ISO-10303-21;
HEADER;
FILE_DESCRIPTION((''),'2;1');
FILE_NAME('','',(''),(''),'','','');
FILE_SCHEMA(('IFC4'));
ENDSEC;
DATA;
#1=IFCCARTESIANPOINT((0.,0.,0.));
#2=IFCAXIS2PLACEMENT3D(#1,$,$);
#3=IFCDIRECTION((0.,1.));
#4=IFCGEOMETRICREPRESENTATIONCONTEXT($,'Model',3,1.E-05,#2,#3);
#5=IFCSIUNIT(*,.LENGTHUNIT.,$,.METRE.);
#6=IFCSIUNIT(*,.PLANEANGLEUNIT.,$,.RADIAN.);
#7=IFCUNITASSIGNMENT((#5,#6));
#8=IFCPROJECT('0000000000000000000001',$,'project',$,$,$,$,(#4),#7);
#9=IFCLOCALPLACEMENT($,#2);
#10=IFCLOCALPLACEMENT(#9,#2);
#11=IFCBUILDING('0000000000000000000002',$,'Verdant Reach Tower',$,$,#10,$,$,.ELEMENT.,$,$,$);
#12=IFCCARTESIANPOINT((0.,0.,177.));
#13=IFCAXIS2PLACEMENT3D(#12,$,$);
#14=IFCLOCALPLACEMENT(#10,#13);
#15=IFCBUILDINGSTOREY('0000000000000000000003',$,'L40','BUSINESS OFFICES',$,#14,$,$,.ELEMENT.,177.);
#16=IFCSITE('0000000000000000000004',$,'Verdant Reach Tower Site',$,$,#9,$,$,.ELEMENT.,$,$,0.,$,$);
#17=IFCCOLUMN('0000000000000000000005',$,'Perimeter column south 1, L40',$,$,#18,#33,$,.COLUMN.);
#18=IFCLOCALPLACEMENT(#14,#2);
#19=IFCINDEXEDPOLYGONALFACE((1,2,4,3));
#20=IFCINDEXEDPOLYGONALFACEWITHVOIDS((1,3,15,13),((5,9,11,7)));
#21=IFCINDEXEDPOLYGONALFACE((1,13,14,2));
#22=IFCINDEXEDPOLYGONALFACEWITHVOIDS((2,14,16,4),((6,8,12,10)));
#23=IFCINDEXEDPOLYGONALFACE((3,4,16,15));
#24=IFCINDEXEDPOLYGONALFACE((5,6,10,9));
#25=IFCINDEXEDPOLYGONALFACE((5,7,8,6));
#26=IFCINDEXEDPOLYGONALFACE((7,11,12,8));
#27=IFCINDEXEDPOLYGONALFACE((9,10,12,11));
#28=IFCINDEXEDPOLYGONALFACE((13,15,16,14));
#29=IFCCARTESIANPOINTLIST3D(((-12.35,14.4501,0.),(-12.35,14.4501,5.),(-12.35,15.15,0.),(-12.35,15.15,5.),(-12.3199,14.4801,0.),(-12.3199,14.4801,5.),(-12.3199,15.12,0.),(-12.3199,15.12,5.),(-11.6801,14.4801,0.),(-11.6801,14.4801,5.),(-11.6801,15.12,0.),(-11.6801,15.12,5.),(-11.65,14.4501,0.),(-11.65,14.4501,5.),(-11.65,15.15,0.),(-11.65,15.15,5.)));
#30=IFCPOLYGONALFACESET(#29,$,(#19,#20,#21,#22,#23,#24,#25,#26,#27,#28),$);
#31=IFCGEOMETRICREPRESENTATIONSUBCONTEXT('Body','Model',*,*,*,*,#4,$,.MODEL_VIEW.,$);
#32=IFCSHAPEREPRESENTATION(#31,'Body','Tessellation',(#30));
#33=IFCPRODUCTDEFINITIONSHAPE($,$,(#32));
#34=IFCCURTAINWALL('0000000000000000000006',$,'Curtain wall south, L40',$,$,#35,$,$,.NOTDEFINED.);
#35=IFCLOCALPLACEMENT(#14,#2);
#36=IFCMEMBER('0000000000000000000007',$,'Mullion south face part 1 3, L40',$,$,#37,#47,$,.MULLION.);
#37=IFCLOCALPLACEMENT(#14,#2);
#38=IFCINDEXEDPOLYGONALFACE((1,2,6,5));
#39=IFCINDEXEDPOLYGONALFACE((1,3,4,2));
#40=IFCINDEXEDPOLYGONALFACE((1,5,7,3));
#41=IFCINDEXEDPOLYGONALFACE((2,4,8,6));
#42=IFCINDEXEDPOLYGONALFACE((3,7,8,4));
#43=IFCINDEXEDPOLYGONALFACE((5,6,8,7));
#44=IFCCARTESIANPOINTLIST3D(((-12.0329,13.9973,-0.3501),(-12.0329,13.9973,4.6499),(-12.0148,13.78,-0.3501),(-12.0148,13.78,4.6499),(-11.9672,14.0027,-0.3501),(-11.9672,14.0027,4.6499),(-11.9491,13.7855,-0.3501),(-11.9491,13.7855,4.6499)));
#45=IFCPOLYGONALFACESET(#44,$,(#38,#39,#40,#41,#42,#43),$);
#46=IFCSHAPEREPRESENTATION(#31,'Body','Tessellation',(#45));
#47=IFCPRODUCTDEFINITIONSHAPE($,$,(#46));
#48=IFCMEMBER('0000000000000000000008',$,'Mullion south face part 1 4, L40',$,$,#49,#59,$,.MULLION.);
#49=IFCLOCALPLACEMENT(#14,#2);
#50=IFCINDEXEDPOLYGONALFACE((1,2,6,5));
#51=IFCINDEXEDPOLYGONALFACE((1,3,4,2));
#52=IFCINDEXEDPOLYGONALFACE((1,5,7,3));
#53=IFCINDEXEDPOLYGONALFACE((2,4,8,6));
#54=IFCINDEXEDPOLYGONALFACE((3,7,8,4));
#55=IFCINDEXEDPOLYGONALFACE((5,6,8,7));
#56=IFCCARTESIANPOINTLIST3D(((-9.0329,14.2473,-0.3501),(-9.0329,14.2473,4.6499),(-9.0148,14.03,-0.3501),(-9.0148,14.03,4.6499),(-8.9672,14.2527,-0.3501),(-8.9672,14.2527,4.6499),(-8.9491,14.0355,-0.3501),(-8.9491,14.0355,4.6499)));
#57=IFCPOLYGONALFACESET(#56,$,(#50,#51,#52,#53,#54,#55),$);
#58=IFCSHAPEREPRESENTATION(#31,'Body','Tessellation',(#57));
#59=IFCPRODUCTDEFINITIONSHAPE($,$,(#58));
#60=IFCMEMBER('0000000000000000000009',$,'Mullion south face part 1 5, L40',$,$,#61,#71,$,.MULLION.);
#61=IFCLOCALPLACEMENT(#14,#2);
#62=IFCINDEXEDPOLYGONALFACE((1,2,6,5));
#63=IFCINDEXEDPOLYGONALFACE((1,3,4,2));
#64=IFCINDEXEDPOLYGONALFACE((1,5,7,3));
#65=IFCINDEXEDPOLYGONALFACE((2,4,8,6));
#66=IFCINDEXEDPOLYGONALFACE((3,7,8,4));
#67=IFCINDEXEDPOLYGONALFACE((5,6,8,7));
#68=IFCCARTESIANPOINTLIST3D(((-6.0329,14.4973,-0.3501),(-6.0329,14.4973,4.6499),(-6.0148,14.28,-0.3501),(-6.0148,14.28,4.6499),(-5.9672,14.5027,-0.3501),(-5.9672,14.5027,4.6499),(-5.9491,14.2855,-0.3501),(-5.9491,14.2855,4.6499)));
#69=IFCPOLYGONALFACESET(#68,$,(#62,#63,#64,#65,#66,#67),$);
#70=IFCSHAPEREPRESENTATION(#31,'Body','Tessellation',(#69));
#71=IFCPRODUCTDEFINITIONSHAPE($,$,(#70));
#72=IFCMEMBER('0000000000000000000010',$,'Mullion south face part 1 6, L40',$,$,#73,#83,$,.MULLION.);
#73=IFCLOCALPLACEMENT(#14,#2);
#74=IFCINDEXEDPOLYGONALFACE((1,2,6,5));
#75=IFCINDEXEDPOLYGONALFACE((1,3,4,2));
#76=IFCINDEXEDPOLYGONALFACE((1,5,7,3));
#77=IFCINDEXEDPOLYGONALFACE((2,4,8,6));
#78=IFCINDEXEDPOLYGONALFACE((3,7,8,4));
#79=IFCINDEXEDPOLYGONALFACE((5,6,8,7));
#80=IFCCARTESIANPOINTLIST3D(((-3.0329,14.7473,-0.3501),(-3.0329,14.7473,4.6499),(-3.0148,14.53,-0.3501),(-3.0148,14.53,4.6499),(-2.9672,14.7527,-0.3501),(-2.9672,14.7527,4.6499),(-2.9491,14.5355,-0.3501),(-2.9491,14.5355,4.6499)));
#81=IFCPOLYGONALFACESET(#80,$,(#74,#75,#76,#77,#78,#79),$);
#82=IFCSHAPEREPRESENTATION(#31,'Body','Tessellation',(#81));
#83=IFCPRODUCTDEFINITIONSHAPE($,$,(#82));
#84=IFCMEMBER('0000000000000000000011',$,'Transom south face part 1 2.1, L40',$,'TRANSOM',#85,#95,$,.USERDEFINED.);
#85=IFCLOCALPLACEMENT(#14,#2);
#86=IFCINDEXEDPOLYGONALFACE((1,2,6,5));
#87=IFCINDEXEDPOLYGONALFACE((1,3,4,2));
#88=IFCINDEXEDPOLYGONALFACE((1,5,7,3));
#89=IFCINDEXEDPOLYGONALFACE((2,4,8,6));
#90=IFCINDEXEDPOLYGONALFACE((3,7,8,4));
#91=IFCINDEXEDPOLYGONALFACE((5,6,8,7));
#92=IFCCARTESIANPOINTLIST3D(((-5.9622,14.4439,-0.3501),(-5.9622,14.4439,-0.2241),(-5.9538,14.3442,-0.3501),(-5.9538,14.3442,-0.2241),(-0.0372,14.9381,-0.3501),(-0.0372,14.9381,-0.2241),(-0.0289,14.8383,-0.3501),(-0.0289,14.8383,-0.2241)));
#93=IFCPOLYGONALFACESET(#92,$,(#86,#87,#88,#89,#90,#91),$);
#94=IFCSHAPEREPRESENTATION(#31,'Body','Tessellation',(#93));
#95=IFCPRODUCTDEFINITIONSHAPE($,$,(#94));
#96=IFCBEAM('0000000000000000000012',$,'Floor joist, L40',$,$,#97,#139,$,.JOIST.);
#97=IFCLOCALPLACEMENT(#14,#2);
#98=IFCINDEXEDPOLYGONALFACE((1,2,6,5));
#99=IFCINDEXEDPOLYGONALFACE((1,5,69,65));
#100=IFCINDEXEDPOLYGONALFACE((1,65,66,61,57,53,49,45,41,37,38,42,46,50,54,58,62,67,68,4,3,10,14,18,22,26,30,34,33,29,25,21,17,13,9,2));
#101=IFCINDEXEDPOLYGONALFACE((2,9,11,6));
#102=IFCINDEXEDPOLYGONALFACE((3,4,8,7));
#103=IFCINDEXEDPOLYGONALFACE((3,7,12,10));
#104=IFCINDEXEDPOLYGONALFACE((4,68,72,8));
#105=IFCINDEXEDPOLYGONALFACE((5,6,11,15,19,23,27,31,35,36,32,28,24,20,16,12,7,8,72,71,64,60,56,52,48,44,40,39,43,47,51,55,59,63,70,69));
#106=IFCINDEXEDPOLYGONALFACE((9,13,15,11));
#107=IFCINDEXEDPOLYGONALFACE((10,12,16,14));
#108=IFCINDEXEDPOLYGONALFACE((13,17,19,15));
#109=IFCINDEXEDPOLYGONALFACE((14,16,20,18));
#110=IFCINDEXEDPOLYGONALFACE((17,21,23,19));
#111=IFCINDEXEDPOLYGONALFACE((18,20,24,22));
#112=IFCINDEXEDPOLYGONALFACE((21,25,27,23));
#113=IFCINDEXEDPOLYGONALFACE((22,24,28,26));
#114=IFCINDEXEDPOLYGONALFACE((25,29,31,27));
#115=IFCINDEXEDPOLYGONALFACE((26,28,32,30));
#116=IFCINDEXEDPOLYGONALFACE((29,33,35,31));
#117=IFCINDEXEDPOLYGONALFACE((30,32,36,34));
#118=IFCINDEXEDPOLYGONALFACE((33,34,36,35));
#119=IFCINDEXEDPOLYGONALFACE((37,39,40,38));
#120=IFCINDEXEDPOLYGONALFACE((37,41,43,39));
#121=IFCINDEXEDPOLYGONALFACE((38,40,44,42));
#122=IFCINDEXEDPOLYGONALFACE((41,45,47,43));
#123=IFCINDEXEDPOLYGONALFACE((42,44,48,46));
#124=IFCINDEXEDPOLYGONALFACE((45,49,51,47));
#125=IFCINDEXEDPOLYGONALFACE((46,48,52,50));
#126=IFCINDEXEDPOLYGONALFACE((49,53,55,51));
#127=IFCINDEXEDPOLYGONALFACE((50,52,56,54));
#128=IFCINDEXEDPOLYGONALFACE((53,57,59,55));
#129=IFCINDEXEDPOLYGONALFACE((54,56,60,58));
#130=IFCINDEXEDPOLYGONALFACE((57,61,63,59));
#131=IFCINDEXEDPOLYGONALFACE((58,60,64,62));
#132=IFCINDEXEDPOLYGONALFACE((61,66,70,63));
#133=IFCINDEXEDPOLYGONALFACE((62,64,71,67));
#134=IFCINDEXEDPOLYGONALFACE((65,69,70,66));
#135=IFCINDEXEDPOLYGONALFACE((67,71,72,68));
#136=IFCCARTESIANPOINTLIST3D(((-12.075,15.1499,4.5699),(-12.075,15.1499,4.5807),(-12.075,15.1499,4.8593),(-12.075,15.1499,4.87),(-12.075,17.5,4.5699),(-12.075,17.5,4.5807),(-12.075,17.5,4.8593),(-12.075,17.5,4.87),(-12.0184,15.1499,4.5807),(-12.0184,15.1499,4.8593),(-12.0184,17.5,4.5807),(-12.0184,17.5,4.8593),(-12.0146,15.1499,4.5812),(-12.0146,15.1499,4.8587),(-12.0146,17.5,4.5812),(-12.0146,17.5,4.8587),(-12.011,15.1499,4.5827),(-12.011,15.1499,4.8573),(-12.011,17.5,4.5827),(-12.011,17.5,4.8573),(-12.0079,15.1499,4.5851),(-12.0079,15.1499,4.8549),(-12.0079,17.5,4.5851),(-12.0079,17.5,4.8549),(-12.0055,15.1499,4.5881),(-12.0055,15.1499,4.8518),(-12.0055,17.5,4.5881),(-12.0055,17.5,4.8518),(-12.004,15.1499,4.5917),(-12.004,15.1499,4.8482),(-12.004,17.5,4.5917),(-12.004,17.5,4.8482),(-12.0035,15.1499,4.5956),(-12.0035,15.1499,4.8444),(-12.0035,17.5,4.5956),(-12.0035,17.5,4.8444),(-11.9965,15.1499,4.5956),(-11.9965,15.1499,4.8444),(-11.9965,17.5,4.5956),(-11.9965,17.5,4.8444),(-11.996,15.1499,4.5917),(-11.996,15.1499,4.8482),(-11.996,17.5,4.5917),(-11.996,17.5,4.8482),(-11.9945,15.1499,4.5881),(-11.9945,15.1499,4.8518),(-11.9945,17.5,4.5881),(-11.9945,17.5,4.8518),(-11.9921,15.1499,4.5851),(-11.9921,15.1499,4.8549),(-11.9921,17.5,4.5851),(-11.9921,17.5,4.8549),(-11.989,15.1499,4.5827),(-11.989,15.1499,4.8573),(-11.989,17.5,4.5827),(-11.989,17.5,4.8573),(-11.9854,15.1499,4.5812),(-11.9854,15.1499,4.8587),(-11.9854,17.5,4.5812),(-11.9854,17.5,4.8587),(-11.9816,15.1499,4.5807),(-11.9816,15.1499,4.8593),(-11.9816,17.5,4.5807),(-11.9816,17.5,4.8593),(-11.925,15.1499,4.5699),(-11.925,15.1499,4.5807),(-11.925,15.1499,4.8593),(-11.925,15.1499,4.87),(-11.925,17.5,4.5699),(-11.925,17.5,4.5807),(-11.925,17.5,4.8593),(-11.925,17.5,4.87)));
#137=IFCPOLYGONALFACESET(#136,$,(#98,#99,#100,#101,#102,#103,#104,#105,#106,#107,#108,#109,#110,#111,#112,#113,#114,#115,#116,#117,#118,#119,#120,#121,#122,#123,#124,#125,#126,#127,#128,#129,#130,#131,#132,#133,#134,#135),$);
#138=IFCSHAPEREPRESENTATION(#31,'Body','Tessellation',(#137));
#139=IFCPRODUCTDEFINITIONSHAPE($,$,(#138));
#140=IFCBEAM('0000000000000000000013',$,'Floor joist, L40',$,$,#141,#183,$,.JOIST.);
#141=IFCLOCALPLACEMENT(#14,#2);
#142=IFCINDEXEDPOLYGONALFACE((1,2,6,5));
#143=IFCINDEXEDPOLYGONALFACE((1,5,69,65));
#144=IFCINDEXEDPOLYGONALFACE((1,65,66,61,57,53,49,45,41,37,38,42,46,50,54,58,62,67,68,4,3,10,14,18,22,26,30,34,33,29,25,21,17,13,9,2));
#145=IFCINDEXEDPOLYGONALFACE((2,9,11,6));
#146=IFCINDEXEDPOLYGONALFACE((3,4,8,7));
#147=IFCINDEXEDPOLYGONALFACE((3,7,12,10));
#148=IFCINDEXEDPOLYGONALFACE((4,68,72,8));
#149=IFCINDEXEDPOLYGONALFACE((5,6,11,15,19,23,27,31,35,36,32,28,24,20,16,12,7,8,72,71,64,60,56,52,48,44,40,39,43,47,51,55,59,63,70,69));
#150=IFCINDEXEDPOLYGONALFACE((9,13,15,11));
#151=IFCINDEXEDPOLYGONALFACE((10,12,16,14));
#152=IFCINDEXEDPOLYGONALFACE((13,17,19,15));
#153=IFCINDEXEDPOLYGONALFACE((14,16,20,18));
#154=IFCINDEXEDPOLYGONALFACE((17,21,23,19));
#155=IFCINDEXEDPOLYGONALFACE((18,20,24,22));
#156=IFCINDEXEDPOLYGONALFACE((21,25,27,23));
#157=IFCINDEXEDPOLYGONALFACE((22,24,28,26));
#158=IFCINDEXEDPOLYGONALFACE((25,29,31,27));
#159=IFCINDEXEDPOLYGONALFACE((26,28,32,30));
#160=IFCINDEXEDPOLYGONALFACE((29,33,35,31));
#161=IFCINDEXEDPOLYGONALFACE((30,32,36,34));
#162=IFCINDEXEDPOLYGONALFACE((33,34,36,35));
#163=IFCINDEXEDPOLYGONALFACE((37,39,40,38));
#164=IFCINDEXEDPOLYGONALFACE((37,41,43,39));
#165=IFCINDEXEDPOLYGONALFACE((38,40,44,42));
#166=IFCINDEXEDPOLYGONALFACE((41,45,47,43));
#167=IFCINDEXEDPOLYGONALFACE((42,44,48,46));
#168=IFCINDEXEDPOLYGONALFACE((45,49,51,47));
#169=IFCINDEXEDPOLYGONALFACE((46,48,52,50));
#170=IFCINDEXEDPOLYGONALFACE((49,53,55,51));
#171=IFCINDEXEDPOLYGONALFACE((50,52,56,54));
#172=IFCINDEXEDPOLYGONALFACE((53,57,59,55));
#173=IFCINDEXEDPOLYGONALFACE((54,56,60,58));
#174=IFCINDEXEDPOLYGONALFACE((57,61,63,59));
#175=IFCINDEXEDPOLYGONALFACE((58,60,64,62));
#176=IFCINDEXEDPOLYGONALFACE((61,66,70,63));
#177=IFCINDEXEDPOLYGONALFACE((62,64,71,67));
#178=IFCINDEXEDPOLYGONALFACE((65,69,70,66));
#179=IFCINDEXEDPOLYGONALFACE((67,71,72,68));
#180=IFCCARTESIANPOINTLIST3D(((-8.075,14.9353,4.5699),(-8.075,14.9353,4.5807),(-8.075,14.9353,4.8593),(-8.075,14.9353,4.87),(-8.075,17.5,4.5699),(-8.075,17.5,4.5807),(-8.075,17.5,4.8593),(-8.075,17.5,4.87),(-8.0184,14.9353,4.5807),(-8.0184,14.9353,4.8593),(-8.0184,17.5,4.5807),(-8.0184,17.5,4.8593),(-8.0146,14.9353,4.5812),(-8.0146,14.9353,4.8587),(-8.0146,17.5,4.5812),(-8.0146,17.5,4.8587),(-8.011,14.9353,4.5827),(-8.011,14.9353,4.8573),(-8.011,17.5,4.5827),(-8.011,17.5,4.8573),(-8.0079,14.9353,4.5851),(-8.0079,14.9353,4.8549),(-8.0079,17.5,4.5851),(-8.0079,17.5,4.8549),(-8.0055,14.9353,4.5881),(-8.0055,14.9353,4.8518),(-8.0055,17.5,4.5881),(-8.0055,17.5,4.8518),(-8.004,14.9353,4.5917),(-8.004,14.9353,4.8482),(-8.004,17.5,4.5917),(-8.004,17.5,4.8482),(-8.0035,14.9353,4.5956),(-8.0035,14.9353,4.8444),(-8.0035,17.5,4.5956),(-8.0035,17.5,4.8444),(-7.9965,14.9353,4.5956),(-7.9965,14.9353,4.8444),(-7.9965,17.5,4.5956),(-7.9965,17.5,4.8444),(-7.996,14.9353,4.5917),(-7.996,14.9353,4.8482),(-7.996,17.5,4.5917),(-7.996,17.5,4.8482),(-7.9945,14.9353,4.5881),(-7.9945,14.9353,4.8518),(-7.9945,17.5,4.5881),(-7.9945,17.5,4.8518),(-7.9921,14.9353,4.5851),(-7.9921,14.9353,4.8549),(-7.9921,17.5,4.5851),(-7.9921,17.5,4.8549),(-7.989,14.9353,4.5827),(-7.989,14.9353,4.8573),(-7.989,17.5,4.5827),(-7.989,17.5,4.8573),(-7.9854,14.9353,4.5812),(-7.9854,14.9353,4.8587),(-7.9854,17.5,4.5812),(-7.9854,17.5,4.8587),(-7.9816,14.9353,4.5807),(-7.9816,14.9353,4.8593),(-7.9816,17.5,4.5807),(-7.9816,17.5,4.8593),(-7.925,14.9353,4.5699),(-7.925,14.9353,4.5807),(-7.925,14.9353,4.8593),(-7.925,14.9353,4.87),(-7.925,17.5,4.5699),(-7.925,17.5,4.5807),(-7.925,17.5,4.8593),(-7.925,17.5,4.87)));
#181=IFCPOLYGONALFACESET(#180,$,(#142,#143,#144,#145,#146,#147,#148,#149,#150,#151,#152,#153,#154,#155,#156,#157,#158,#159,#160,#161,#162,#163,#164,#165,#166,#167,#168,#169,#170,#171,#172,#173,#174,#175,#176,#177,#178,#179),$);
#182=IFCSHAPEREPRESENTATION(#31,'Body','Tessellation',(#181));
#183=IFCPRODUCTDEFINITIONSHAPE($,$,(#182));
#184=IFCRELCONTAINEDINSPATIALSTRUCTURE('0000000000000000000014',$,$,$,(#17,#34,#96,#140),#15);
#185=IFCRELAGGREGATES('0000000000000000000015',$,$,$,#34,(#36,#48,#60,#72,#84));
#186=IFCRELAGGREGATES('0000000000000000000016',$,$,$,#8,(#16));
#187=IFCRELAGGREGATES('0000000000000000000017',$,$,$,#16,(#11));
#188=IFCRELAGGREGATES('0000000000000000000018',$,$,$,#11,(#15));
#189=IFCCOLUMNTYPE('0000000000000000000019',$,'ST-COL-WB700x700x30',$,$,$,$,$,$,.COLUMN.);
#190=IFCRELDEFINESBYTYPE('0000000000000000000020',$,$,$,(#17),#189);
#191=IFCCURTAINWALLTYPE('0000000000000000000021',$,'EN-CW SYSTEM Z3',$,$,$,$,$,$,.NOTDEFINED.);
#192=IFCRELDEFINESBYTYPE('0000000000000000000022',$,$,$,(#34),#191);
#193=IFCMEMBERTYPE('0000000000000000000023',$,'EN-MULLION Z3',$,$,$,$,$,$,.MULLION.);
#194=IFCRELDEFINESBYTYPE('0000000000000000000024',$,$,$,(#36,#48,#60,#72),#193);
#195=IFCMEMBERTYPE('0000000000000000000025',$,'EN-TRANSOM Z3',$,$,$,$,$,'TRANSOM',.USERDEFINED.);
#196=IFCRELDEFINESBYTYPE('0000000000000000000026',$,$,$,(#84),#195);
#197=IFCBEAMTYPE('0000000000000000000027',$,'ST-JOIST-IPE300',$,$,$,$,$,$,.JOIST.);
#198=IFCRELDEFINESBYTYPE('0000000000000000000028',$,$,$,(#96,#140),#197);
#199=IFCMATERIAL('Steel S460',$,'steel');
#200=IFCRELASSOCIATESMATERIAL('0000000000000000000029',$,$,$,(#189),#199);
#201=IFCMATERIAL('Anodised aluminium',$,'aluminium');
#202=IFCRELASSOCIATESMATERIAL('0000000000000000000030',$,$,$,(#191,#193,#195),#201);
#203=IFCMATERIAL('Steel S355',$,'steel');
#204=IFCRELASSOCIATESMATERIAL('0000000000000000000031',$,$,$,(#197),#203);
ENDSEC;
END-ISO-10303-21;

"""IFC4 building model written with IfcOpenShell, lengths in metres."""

from ifc_helpers import new_model, si_unit, direction, frame, origin, origin_2d, place, context, subcontext, project, spatial, rectangle, hollow_rectangle, i_section, extrude, material, material_profile, profile_set, type_object, element, aggregate, save


model = new_model("IFC4")

# Units and contexts
model_context = context("Model", 3, precision=1e-05, world=origin(), true_north=direction((0.0, 1.0)))
body_context = subcontext(model_context, "Body", "Model", "MODEL_VIEW")
ifc_project = project(units=[si_unit("LENGTHUNIT", "METRE"), si_unit("PLANEANGLEUNIT", "RADIAN")], contexts=[model_context])

# Site, building, storey
site_placement = place(None, origin())
site = spatial("IfcSite", under=ifc_project, at=site_placement, Name="Verdant Reach Tower Site", CompositionType="ELEMENT", RefElevation=0.0)
building_placement = place(site_placement, origin())
building = spatial("IfcBuilding", under=site, at=building_placement, Name="Verdant Reach Tower", CompositionType="ELEMENT")
storey_placement = place(building_placement, frame((0.0, 0.0, 177.0)))
storey = spatial("IfcBuildingStorey", under=building, at=storey_placement, Name="L40", Description="BUSINESS OFFICES", CompositionType="ELEMENT", Elevation=177.0)

# Column
ifc_material_1 = material(Name="Steel S460", Category="steel")
ifc_material_profile_1 = material_profile(ifc_material_1, hollow_rectangle(XDim=0.7, YDim=0.7, WallThickness=0.03, at=origin_2d()), Name="WB 700x700x30")
ifc_profile_set_1 = profile_set([ifc_material_profile_1], Name="Steel S460")
column_type = type_object("IfcColumnType", Name="ST-COL-WB700x700x30", PredefinedType="COLUMN", material=ifc_profile_set_1)
column_placement = place(storey_placement, frame((-12.0, 14.8, 0.0), z_axis=(0.0, 0.0, 1.0), x_axis=(1.0, 0.0, 0.0)))
element("IfcColumn", 1, at=column_placement, inside=storey, type_object=column_type, Name="Perimeter column south 1, L40", PredefinedType="COLUMN", context=body_context, shape_type="SweptSolid", body=[
    extrude(hollow_rectangle(XDim=0.7, YDim=0.7, WallThickness=0.03, at=origin_2d()), origin(), (0.0, 0.0, 1.0), 5.0),
])

# Curtain wall, members
ifc_material_2 = material(Name="Anodised aluminium", Category="aluminium")
curtain_wall_type = type_object("IfcCurtainWallType", Name="EN-CW SYSTEM Z3", PredefinedType="NOTDEFINED", material=ifc_material_2)
curtain_wall_placement = place(storey_placement, origin())
curtain_wall = element("IfcCurtainWall", 2, at=curtain_wall_placement, inside=storey, type_object=curtain_wall_type, Name="Curtain wall south, L40", PredefinedType="NOTDEFINED")
ifc_material_profile_2 = material_profile(ifc_material_2, rectangle(XDim=0.218, YDim=0.0659, at=origin_2d()), Name="Mullion 66x218")
ifc_profile_set_2 = profile_set([ifc_material_profile_2], Name="Anodised aluminium")
member_type_1 = type_object("IfcMemberType", Name="EN-MULLION Z3", PredefinedType="MULLION", material=ifc_profile_set_2)
member_1_placement = place(storey_placement, frame((-11.991, 13.8914, -0.3501), z_axis=(0.0, 0.0, 1.0), x_axis=(0.083045, -0.996546, 0.0)))
member_1 = element("IfcMember", 3, at=member_1_placement, type_object=member_type_1, Name="Mullion south face part 1 3, L40", PredefinedType="MULLION", context=body_context, shape_type="SweptSolid", body=[
    extrude(rectangle(XDim=0.218, YDim=0.0659, at=origin_2d()), origin(), (0.0, 0.0, 1.0), 5.0),
])
member_2_placement = place(storey_placement, frame((-8.991, 14.1414, -0.3501), z_axis=(0.0, 0.0, 1.0), x_axis=(0.083045, -0.996546, 0.0)))
member_2 = element("IfcMember", 4, at=member_2_placement, type_object=member_type_1, Name="Mullion south face part 1 4, L40", PredefinedType="MULLION", context=body_context, shape_type="SweptSolid", body=[
    extrude(rectangle(XDim=0.218, YDim=0.0659, at=origin_2d()), origin(), (0.0, 0.0, 1.0), 5.0),
])
member_3_placement = place(storey_placement, frame((-5.991, 14.3914, -0.3501), z_axis=(0.0, 0.0, 1.0), x_axis=(0.083045, -0.996546, 0.0)))
member_3 = element("IfcMember", 5, at=member_3_placement, type_object=member_type_1, Name="Mullion south face part 1 5, L40", PredefinedType="MULLION", context=body_context, shape_type="SweptSolid", body=[
    extrude(rectangle(XDim=0.218, YDim=0.0659, at=origin_2d()), origin(), (0.0, 0.0, 1.0), 5.0),
])
member_4_placement = place(storey_placement, frame((-2.991, 14.6414, -0.3501), z_axis=(0.0, 0.0, 1.0), x_axis=(0.083045, -0.996546, 0.0)))
member_4 = element("IfcMember", 6, at=member_4_placement, type_object=member_type_1, Name="Mullion south face part 1 6, L40", PredefinedType="MULLION", context=body_context, shape_type="SweptSolid", body=[
    extrude(rectangle(XDim=0.218, YDim=0.0659, at=origin_2d()), origin(), (0.0, 0.0, 1.0), 5.0),
])
ifc_material_profile_3 = material_profile(ifc_material_2, rectangle(XDim=0.1001, YDim=0.126, at=origin_2d()), Name="Transom 126x100")
ifc_profile_set_3 = profile_set([ifc_material_profile_3], Name="Anodised aluminium")
member_type_2 = type_object("IfcMemberType", Name="EN-TRANSOM Z3", ElementType="TRANSOM", PredefinedType="USERDEFINED", material=ifc_profile_set_3)
member_5_placement = place(storey_placement, frame((-5.958, 14.394, -0.2871), z_axis=(0.99654, 0.08311, 0.0), x_axis=(-0.08311, 0.99654, 0.0)))
member_5 = element("IfcMember", 7, at=member_5_placement, type_object=member_type_2, Name="Transom south face part 1 2.1, L40", ObjectType="TRANSOM", PredefinedType="USERDEFINED", context=body_context, shape_type="SweptSolid", body=[
    extrude(rectangle(XDim=0.1001, YDim=0.126, at=origin_2d()), origin(), (0.0, 0.0, 1.0), 5.9456),
])

# Beams
ifc_material_3 = material(Name="Steel S355", Category="steel")
ifc_material_profile_4 = material_profile(ifc_material_3, i_section(OverallWidth=0.1499, OverallDepth=0.3, WebThickness=0.0071, FlangeThickness=0.0107, FilletRadius=0.0149, at=origin_2d()), Name="IPE 300")
ifc_profile_set_4 = profile_set([ifc_material_profile_4], Name="Steel S355")
beam_type_1 = type_object("IfcBeamType", Name="ST-JOIST-IPE300", PredefinedType="JOIST", material=ifc_profile_set_4)
beam_1_placement = place(storey_placement, frame((-12.0, 17.5, 4.72), z_axis=(0.0, -1.0, 0.0), x_axis=(1.0, 0.0, 0.0)))
element("IfcBeam", 8, at=beam_1_placement, inside=storey, type_object=beam_type_1, Name="Floor joist, L40", PredefinedType="JOIST", context=body_context, shape_type="SweptSolid", body=[
    extrude(i_section(OverallWidth=0.1499, OverallDepth=0.3, WebThickness=0.0071, FlangeThickness=0.0107, FilletRadius=0.0149, at=origin_2d()), origin(), (0.0, 0.0, 1.0), 2.3501),
])
beam_2_placement = place(storey_placement, frame((-8.0, 17.5, 4.72), z_axis=(0.0, -1.0, 0.0), x_axis=(1.0, 0.0, 0.0)))
element("IfcBeam", 9, at=beam_2_placement, inside=storey, type_object=beam_type_1, Name="Floor joist, L40", PredefinedType="JOIST", context=body_context, shape_type="SweptSolid", body=[
    extrude(i_section(OverallWidth=0.1499, OverallDepth=0.3, WebThickness=0.0071, FlangeThickness=0.0107, FilletRadius=0.0149, at=origin_2d()), origin(), (0.0, 0.0, 1.0), 2.5647),
])

aggregate(curtain_wall, [member_1, member_2, member_3, member_4, member_5])

save(model, "model.ifc")
